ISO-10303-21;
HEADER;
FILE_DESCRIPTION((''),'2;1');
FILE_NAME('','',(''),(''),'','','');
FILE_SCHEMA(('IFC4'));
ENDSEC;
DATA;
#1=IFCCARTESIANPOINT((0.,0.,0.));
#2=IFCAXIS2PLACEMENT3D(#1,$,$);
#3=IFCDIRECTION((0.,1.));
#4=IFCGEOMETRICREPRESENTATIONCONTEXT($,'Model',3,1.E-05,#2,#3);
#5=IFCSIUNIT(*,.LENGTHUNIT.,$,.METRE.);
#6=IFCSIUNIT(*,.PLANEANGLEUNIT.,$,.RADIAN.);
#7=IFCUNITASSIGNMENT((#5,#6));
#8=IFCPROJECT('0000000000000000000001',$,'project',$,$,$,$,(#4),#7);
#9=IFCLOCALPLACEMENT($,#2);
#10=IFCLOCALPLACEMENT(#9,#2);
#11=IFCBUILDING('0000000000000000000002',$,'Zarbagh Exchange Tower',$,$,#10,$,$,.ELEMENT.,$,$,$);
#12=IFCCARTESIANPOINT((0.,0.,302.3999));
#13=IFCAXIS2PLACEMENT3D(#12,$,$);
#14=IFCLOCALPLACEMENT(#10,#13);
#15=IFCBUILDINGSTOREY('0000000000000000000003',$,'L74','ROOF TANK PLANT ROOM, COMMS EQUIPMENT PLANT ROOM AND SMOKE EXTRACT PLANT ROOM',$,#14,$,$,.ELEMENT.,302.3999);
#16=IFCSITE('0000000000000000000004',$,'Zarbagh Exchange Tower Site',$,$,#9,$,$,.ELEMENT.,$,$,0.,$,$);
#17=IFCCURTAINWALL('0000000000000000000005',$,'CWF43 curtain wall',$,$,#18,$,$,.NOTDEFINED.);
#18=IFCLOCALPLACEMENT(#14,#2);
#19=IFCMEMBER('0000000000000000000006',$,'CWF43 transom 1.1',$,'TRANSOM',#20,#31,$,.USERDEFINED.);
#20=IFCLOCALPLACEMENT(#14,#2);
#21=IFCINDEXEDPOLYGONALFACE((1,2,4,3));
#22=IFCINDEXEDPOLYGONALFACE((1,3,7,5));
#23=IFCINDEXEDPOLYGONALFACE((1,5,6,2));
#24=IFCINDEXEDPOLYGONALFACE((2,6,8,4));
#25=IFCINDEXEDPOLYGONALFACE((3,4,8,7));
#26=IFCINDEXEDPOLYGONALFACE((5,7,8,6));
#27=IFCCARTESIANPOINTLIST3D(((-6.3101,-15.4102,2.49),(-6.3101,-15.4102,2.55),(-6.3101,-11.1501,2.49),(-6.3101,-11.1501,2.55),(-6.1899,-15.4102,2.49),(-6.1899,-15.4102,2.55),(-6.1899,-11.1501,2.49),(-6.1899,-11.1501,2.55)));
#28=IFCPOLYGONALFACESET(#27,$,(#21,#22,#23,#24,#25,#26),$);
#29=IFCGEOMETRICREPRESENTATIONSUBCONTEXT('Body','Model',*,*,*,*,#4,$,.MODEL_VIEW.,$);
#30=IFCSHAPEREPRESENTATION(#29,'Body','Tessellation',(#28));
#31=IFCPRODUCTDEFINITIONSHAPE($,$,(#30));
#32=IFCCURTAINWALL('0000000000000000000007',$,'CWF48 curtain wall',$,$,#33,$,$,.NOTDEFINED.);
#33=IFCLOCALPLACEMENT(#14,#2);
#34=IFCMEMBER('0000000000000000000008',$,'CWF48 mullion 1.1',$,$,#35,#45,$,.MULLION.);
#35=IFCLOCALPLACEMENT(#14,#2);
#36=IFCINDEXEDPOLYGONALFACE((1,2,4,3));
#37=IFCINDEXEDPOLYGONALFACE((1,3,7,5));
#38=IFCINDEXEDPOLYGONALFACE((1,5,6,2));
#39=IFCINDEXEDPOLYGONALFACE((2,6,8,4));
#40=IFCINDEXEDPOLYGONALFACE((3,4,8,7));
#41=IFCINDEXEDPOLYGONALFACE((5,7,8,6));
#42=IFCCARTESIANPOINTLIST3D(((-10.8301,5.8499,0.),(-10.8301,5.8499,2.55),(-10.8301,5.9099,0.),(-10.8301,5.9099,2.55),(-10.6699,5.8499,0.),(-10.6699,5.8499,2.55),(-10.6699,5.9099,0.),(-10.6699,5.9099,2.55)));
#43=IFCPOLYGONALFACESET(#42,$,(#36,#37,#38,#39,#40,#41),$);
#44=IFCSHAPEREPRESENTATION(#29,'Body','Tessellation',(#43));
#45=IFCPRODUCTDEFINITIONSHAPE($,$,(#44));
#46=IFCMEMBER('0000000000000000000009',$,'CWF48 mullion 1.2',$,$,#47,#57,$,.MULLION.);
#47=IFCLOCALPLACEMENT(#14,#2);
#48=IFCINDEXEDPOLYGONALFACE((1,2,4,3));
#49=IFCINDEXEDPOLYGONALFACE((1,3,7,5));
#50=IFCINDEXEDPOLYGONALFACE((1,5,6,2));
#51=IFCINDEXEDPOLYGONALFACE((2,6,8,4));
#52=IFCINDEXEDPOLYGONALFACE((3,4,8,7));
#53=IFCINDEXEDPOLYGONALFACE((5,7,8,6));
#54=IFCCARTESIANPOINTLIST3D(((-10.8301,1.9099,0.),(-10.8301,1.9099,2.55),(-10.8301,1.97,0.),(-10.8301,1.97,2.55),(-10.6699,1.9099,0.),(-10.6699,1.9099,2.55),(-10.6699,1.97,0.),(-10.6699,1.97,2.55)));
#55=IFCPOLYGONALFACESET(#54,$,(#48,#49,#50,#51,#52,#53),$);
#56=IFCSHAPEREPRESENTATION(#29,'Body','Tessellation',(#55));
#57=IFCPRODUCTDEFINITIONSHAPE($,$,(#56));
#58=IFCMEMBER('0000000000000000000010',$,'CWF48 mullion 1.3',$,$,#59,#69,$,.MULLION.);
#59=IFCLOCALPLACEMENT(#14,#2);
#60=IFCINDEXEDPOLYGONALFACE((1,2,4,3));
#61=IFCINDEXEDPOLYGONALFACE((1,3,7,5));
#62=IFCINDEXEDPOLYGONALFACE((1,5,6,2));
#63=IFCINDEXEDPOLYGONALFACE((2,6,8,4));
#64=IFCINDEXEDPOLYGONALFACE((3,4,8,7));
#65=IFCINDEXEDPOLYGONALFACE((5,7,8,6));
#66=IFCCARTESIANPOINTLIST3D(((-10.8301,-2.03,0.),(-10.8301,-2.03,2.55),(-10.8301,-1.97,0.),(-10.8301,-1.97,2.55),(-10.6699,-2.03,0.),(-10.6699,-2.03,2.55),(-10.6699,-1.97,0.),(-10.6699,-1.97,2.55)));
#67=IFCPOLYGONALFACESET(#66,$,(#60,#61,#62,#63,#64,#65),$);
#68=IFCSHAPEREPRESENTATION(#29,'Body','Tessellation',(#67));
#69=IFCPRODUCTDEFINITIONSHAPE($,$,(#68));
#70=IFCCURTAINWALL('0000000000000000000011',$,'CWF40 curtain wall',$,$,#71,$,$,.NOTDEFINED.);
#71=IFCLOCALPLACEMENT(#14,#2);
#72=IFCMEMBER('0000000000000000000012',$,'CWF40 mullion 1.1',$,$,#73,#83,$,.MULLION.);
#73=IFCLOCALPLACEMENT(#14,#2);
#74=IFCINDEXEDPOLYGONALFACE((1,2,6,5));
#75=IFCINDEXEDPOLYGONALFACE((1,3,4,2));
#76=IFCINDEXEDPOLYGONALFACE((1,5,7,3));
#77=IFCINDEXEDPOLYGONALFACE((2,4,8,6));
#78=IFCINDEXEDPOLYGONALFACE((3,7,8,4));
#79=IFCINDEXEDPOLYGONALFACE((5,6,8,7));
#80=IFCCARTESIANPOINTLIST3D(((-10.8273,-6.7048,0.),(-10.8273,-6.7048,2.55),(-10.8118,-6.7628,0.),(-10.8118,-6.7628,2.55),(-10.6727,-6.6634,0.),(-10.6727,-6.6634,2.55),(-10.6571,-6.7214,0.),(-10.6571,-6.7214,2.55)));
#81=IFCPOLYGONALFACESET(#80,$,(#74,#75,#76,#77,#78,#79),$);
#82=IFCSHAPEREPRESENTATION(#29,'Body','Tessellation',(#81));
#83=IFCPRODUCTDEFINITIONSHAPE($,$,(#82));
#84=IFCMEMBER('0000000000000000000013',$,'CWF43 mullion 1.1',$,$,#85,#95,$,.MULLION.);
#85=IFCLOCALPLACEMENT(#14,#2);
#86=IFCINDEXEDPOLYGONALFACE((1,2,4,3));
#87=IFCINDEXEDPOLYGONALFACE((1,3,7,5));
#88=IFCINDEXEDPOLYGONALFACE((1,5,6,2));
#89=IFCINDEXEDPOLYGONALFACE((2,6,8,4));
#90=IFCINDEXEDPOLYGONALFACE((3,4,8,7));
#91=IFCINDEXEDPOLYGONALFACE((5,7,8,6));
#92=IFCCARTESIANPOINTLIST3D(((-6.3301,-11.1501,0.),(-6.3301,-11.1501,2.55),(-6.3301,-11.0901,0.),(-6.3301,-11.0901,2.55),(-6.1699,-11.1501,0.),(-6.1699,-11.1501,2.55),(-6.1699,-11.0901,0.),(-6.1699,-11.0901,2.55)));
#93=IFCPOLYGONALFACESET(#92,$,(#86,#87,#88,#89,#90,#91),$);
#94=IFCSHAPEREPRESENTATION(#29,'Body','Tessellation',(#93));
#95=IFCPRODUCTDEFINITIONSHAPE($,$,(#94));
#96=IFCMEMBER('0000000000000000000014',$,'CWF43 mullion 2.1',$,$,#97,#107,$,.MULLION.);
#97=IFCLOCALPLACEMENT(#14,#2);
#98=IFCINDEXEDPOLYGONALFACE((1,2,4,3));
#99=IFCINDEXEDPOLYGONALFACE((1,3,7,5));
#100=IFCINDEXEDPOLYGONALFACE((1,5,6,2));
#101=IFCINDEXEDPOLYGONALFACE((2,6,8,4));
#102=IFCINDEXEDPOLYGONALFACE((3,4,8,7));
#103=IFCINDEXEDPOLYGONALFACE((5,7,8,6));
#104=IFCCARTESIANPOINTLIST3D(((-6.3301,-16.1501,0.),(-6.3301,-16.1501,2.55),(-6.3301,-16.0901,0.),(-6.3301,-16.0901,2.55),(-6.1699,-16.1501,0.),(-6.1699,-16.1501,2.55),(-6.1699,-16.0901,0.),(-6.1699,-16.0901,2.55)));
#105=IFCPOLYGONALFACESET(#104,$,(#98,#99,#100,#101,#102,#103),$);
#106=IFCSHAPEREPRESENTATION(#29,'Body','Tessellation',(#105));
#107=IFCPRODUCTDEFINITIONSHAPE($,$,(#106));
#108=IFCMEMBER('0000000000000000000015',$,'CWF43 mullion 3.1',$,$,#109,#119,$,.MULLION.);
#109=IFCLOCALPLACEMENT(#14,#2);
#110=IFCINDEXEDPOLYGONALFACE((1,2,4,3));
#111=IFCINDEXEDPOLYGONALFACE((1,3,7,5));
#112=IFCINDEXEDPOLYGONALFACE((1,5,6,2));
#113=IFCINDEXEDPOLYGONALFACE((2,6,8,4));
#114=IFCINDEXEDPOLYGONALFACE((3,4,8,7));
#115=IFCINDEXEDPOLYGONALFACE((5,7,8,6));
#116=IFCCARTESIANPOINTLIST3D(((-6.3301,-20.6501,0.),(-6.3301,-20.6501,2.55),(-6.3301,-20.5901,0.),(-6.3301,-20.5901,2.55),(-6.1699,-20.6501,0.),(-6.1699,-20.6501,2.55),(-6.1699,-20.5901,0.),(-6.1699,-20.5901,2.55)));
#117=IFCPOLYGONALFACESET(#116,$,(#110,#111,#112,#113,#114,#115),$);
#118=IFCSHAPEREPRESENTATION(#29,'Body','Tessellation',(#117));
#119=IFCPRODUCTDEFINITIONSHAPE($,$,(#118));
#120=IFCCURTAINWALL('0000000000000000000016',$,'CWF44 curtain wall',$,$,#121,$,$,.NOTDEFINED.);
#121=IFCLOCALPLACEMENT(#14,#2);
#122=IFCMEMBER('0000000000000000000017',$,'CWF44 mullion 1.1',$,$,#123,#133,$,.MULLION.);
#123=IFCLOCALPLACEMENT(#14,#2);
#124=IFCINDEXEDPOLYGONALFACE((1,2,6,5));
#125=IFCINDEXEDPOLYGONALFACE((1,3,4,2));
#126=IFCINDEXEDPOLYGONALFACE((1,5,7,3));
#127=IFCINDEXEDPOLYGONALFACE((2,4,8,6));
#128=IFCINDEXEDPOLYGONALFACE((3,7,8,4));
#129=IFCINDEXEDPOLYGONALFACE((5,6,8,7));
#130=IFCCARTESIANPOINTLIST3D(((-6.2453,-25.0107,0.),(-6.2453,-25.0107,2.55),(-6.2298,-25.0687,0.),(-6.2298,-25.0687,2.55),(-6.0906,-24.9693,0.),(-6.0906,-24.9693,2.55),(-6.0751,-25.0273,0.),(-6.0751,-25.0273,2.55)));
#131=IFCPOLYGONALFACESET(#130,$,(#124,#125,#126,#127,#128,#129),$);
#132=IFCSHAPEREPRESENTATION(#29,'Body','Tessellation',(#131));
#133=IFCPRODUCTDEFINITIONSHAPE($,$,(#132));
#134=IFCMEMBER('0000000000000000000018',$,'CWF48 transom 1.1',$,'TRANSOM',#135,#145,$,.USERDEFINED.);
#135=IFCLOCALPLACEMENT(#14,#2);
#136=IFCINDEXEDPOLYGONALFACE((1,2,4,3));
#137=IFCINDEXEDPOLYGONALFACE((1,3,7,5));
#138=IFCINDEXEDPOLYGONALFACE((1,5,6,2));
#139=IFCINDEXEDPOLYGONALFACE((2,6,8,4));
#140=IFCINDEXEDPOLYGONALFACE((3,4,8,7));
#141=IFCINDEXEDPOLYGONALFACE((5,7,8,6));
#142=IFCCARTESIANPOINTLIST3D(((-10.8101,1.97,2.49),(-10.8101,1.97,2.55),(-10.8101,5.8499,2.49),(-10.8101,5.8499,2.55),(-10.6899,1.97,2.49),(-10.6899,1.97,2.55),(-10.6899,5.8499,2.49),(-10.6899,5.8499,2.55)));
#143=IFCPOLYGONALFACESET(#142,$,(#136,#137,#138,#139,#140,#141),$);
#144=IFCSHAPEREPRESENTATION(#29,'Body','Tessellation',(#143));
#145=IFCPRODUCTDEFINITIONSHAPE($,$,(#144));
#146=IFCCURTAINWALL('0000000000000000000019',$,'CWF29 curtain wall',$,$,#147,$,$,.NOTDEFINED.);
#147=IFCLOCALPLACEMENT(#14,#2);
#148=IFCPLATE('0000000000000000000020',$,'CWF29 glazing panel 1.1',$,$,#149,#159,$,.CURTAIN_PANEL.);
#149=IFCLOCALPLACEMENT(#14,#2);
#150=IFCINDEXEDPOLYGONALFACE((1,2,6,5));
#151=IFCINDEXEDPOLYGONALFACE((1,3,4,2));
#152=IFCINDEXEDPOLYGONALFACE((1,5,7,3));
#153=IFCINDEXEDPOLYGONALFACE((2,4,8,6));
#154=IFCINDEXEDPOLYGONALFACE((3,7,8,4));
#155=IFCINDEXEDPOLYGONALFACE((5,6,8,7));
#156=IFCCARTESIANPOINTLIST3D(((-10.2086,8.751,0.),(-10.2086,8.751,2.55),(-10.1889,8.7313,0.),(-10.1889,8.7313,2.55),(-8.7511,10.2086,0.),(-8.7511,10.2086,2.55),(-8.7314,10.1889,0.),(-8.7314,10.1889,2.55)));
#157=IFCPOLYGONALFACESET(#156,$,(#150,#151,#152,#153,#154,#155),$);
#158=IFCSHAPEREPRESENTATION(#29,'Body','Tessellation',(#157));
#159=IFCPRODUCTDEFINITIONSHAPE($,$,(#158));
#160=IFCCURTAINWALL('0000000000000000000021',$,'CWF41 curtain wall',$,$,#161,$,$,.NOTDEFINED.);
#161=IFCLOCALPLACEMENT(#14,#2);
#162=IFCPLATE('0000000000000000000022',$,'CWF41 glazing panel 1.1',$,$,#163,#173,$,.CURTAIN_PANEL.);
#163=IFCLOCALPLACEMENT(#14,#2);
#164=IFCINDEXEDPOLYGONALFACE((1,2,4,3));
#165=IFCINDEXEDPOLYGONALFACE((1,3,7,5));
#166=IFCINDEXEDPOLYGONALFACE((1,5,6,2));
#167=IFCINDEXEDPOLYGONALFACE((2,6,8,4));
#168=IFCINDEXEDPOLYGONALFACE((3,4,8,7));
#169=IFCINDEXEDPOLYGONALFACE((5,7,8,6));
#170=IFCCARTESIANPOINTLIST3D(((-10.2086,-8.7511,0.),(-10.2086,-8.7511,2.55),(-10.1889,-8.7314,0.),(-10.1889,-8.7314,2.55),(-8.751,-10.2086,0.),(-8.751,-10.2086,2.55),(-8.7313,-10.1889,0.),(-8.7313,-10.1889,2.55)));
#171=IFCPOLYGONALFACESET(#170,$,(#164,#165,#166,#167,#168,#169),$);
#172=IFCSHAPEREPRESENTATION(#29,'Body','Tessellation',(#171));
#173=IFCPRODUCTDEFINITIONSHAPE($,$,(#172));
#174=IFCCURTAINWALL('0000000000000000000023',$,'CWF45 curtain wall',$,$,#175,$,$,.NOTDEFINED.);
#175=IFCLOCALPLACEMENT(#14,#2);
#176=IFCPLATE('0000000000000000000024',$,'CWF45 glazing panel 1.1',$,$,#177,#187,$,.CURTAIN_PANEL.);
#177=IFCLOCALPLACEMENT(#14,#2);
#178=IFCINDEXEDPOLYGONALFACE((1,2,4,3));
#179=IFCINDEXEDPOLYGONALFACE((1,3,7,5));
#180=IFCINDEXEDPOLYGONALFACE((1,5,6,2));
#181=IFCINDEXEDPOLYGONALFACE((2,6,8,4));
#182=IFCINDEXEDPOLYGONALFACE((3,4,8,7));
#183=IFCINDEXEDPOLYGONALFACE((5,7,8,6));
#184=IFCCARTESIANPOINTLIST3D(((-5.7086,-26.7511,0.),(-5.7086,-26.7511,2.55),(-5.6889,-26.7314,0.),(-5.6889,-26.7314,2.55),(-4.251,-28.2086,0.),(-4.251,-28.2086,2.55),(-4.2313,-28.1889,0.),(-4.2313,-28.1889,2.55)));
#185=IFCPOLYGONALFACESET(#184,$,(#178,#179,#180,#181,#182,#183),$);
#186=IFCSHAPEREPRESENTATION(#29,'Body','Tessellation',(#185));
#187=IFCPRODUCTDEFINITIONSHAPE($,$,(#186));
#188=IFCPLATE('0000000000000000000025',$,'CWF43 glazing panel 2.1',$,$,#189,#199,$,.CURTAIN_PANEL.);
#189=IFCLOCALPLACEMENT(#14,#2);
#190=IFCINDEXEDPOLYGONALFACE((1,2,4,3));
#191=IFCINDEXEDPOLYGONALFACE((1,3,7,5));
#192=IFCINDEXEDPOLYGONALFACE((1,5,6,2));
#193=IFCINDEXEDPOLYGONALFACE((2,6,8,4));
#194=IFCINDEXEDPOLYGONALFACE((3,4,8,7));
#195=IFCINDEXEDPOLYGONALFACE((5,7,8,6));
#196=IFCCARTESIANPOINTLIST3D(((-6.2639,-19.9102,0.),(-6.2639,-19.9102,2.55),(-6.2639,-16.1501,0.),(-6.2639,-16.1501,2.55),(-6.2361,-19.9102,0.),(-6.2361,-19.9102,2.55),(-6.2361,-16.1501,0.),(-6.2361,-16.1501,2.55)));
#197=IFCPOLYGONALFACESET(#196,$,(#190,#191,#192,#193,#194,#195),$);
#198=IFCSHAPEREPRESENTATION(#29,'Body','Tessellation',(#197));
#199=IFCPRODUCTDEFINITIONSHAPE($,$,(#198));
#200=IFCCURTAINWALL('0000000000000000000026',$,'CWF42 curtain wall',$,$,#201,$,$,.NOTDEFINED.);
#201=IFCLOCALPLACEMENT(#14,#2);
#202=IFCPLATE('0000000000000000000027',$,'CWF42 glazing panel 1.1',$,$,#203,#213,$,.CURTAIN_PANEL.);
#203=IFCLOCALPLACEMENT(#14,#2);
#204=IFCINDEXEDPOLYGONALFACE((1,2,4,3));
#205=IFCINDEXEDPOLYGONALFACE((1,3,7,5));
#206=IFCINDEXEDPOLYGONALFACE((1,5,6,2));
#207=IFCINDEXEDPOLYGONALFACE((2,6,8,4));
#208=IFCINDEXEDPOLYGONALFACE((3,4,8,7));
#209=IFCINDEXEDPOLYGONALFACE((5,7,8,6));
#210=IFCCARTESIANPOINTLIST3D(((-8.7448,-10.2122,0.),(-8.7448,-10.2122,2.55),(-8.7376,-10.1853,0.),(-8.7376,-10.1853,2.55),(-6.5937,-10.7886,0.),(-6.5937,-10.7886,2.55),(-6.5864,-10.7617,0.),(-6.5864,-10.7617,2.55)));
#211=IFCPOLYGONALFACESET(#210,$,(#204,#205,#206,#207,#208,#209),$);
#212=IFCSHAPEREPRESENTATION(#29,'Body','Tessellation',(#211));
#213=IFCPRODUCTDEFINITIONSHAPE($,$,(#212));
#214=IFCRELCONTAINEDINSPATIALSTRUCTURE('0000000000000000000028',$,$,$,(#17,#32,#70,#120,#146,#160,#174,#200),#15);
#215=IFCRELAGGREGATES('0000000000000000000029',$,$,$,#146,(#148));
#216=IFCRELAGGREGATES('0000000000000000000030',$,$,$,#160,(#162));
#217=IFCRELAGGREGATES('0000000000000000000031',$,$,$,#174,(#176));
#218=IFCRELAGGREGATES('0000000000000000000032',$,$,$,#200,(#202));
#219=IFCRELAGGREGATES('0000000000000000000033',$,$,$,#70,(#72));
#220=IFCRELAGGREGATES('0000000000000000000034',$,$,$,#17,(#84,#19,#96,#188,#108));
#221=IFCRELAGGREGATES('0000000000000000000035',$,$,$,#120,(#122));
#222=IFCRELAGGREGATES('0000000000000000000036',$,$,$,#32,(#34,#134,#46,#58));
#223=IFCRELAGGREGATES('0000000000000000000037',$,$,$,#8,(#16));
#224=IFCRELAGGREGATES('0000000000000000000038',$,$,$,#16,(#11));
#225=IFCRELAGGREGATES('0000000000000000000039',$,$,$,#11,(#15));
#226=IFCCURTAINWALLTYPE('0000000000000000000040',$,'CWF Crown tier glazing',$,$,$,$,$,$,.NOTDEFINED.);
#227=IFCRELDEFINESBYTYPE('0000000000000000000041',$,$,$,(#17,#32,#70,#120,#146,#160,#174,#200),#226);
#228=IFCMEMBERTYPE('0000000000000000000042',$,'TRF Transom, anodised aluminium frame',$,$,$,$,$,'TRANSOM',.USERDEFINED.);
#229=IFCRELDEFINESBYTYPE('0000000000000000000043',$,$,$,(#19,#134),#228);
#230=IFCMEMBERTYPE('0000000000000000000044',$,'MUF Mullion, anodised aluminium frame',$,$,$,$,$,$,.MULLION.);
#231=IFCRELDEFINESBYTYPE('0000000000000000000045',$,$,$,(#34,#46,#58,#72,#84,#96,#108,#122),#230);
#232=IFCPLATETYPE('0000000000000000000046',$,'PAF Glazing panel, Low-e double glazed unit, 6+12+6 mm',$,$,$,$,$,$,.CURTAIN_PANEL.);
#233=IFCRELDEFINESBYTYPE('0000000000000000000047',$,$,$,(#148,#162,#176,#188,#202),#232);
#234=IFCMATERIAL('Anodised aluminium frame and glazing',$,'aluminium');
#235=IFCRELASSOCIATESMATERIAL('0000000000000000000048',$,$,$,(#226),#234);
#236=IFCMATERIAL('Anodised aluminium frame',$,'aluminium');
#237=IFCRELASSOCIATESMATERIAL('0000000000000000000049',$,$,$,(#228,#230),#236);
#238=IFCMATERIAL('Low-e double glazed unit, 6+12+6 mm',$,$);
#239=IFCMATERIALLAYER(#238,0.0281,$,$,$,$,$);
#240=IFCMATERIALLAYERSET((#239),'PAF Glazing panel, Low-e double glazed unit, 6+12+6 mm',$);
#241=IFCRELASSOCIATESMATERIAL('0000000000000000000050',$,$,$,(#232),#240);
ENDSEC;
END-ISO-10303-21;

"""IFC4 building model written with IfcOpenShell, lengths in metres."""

from ifc_helpers import new_model, si_unit, direction, frame, origin, place, context, subcontext, project, spatial, polyline, outline, extrude, source, transform, mapped, material, layer, layer_set, type_object, element, aggregate, save


model = new_model("IFC4")

# Units and contexts
model_context = context("Model", 3, precision=1e-05, world=origin(), true_north=direction((0.0, 1.0)))
body_context = subcontext(model_context, "Body", "Model", "MODEL_VIEW")
ifc_project = project(units=[si_unit("LENGTHUNIT", "METRE"), si_unit("PLANEANGLEUNIT", "RADIAN")], contexts=[model_context])

# Site, building, storey
site_placement = place(None, origin())
site = spatial("IfcSite", under=ifc_project, at=site_placement, Name="Zarbagh Exchange Tower Site", CompositionType="ELEMENT", RefElevation=0.0)
building_placement = place(site_placement, origin())
building = spatial("IfcBuilding", under=site, at=building_placement, Name="Zarbagh Exchange Tower", CompositionType="ELEMENT")
storey_placement = place(building_placement, frame((0.0, 0.0, 302.3999)))
storey = spatial("IfcBuildingStorey", under=building, at=storey_placement, Name="L74", Description="ROOF TANK PLANT ROOM, COMMS EQUIPMENT PLANT ROOM AND SMOKE EXTRACT PLANT ROOM", CompositionType="ELEMENT", Elevation=302.3999)

# Curtain wall, member
ifc_material_1 = material(Name="Anodised aluminium frame and glazing", Category="aluminium")
curtain_wall_type = type_object("IfcCurtainWallType", Name="CWF Crown tier glazing", PredefinedType="NOTDEFINED", material=ifc_material_1)
curtain_wall_1_placement = place(storey_placement, origin())
curtain_wall_1 = element("IfcCurtainWall", 1, at=curtain_wall_1_placement, inside=storey, type_object=curtain_wall_type, Name="CWF43 curtain wall", PredefinedType="NOTDEFINED")
ifc_material_2 = material(Name="Anodised aluminium frame", Category="aluminium")
member_type_1 = type_object("IfcMemberType", Name="TRF Transom, anodised aluminium frame", ElementType="TRANSOM", PredefinedType="USERDEFINED", material=ifc_material_2)
shared_shape_1 = source(origin(), body_context, "Body", "SweptSolid", [
    extrude(outline(polyline([(-0.0601, -0.0601), (0.0, -0.0601), (0.0, 0.0601), (-0.0601, 0.0601), (-0.0601, -0.0601)])), origin(), (0.0, 0.0, 1.0), 4.26),
])
placement = place(storey_placement, origin())
member_1 = element("IfcMember", 2, at=placement, type_object=member_type_1, Name="CWF43 transom 1.1", ObjectType="TRANSOM", PredefinedType="USERDEFINED", context=body_context, shape_type="MappedRepresentation", body=[
    mapped(shared_shape_1, transform((-6.25, -11.1501, 2.55), x_axis=(0.0, 0.0, 1.0), y_axis=(-1.0, 0.0, 0.0), z_axis=(0.0, -1.0, 0.0))),
])

# Curtain wall, members
curtain_wall_2_placement = place(storey_placement, origin())
curtain_wall_2 = element("IfcCurtainWall", 3, at=curtain_wall_2_placement, inside=storey, type_object=curtain_wall_type, Name="CWF48 curtain wall", PredefinedType="NOTDEFINED")
member_type_2 = type_object("IfcMemberType", Name="MUF Mullion, anodised aluminium frame", PredefinedType="MULLION", material=ifc_material_2)
shared_shape_2 = source(origin(), body_context, "Body", "SweptSolid", [
    extrude(outline(polyline([(0.0, -0.0801), (0.0601, -0.0801), (0.0601, 0.0801), (0.0, 0.0801), (0.0, -0.0801)])), origin(), (0.0, 0.0, 1.0), 2.55),
])
member_2 = element("IfcMember", 4, at=placement, type_object=member_type_2, Name="CWF48 mullion 1.1", PredefinedType="MULLION", context=body_context, shape_type="MappedRepresentation", body=[
    mapped(shared_shape_2, transform((-10.75, 5.9099, 0.0), x_axis=(0.0, -1.0, 0.0), y_axis=(1.0, 0.0, 0.0), z_axis=(0.0, 0.0, 1.0))),
])
member_3 = element("IfcMember", 5, at=placement, type_object=member_type_2, Name="CWF48 mullion 1.2", PredefinedType="MULLION", context=body_context, shape_type="MappedRepresentation", body=[
    mapped(shared_shape_2, transform((-10.75, 1.97, 0.0), x_axis=(0.0, -1.0, 0.0), y_axis=(1.0, 0.0, 0.0), z_axis=(0.0, 0.0, 1.0))),
])
member_4 = element("IfcMember", 6, at=placement, type_object=member_type_2, Name="CWF48 mullion 1.3", PredefinedType="MULLION", context=body_context, shape_type="MappedRepresentation", body=[
    mapped(shared_shape_2, transform((-10.75, -1.97, 0.0), x_axis=(0.0, -1.0, 0.0), y_axis=(1.0, 0.0, 0.0), z_axis=(0.0, 0.0, 1.0))),
])

# Curtain wall, member
curtain_wall_3_placement = place(storey_placement, origin())
curtain_wall_3 = element("IfcCurtainWall", 7, at=curtain_wall_3_placement, inside=storey, type_object=curtain_wall_type, Name="CWF40 curtain wall", PredefinedType="NOTDEFINED")
member_5 = element("IfcMember", 8, at=placement, type_object=member_type_2, Name="CWF40 mullion 1.1", PredefinedType="MULLION", context=body_context, shape_type="MappedRepresentation", body=[
    mapped(shared_shape_2, transform((-10.75, -6.6841, 0.0), x_axis=(0.258825, -0.965924, 0.0), y_axis=(0.965924, 0.258825, 0.0), z_axis=(0.0, 0.0, 1.0))),
])

# Members
member_6 = element("IfcMember", 9, at=placement, type_object=member_type_2, Name="CWF43 mullion 1.1", PredefinedType="MULLION", context=body_context, shape_type="MappedRepresentation", body=[
    mapped(shared_shape_2, transform((-6.25, -11.0901, 0.0), x_axis=(0.0, -1.0, 0.0), y_axis=(1.0, 0.0, 0.0), z_axis=(0.0, 0.0, 1.0))),
])
member_7 = element("IfcMember", 10, at=placement, type_object=member_type_2, Name="CWF43 mullion 2.1", PredefinedType="MULLION", context=body_context, shape_type="MappedRepresentation", body=[
    mapped(shared_shape_2, transform((-6.25, -16.0901, 0.0), x_axis=(0.0, -1.0, 0.0), y_axis=(1.0, 0.0, 0.0), z_axis=(0.0, 0.0, 1.0))),
])
member_8 = element("IfcMember", 11, at=placement, type_object=member_type_2, Name="CWF43 mullion 3.1", PredefinedType="MULLION", context=body_context, shape_type="MappedRepresentation", body=[
    mapped(shared_shape_2, transform((-6.25, -20.5901, 0.0), x_axis=(0.0, -1.0, 0.0), y_axis=(1.0, 0.0, 0.0), z_axis=(0.0, 0.0, 1.0))),
])

# Curtain wall, member
curtain_wall_4_placement = place(storey_placement, origin())
curtain_wall_4 = element("IfcCurtainWall", 12, at=curtain_wall_4_placement, inside=storey, type_object=curtain_wall_type, Name="CWF44 curtain wall", PredefinedType="NOTDEFINED")
member_9 = element("IfcMember", 13, at=placement, type_object=member_type_2, Name="CWF44 mullion 1.1", PredefinedType="MULLION", context=body_context, shape_type="MappedRepresentation", body=[
    mapped(shared_shape_2, transform((-6.168, -24.99, 0.0), x_axis=(0.258825, -0.965924, 0.0), y_axis=(0.965924, 0.258825, 0.0), z_axis=(0.0, 0.0, 1.0))),
])

# Member
shared_shape_3 = source(origin(), body_context, "Body", "SweptSolid", [
    extrude(outline(polyline([(-0.0601, -0.0601), (0.0, -0.0601), (0.0, 0.0601), (-0.0601, 0.0601), (-0.0601, -0.0601)])), origin(), (0.0, 0.0, 1.0), 3.8799),
])
member_10 = element("IfcMember", 14, at=placement, type_object=member_type_1, Name="CWF48 transom 1.1", ObjectType="TRANSOM", PredefinedType="USERDEFINED", context=body_context, shape_type="MappedRepresentation", body=[
    mapped(shared_shape_3, transform((-10.75, 5.8499, 2.55), x_axis=(0.0, 0.0, 1.0), y_axis=(-1.0, 0.0, 0.0), z_axis=(0.0, -1.0, 0.0))),
])

# Curtain walls, plates
curtain_wall_5_placement = place(storey_placement, origin())
curtain_wall_5 = element("IfcCurtainWall", 15, at=curtain_wall_5_placement, inside=storey, type_object=curtain_wall_type, Name="CWF29 curtain wall", PredefinedType="NOTDEFINED")
ifc_material_3 = material(Name="Low-e double glazed unit, 6+12+6 mm")
ifc_layer_1 = layer(ifc_material_3, 0.0281)
ifc_layer_set_1 = layer_set([ifc_layer_1], Name="PAF Glazing panel, Low-e double glazed unit, 6+12+6 mm")
plate_type = type_object("IfcPlateType", Name="PAF Glazing panel, Low-e double glazed unit, 6+12+6 mm", PredefinedType="CURTAIN_PANEL", material=ifc_layer_set_1)
shared_shape_4 = source(origin(), body_context, "Body", "SweptSolid", [
    extrude(outline(polyline([(0.0, -0.0139), (2.0613, -0.0139), (2.0613, 0.0139), (0.0, 0.0139), (0.0, -0.0139)])), origin(), (0.0, 0.0, 1.0), 2.55),
])
plate_1 = element("IfcPlate", 16, at=placement, type_object=plate_type, Name="CWF29 glazing panel 1.1", PredefinedType="CURTAIN_PANEL", context=body_context, shape_type="MappedRepresentation", body=[
    mapped(shared_shape_4, transform((-8.7412, 10.1987, 0.0), x_axis=(-0.707107, -0.707107, 0.0), y_axis=(0.707107, -0.707107, 0.0), z_axis=(0.0, 0.0, 1.0))),
])
aggregate(curtain_wall_5, [plate_1])
curtain_wall_6_placement = place(storey_placement, origin())
curtain_wall_6 = element("IfcCurtainWall", 17, at=curtain_wall_6_placement, inside=storey, type_object=curtain_wall_type, Name="CWF41 curtain wall", PredefinedType="NOTDEFINED")
plate_2 = element("IfcPlate", 18, at=placement, type_object=plate_type, Name="CWF41 glazing panel 1.1", PredefinedType="CURTAIN_PANEL", context=body_context, shape_type="MappedRepresentation", body=[
    mapped(shared_shape_4, transform((-10.1987, -8.7412, 0.0), x_axis=(0.707107, -0.707107, 0.0), y_axis=(0.707107, 0.707107, 0.0), z_axis=(0.0, 0.0, 1.0))),
])
aggregate(curtain_wall_6, [plate_2])
curtain_wall_7_placement = place(storey_placement, origin())
curtain_wall_7 = element("IfcCurtainWall", 19, at=curtain_wall_7_placement, inside=storey, type_object=curtain_wall_type, Name="CWF45 curtain wall", PredefinedType="NOTDEFINED")
plate_3 = element("IfcPlate", 20, at=placement, type_object=plate_type, Name="CWF45 glazing panel 1.1", PredefinedType="CURTAIN_PANEL", context=body_context, shape_type="MappedRepresentation", body=[
    mapped(shared_shape_4, transform((-5.6987, -26.7412, 0.0), x_axis=(0.707107, -0.707107, 0.0), y_axis=(0.707107, 0.707107, 0.0), z_axis=(0.0, 0.0, 1.0))),
])
aggregate(curtain_wall_7, [plate_3])

# Plate
shared_shape_5 = source(origin(), body_context, "Body", "SweptSolid", [
    extrude(outline(polyline([(0.0, -0.0139), (3.76, -0.0139), (3.76, 0.0139), (0.0, 0.0139), (0.0, -0.0139)])), origin(), (0.0, 0.0, 1.0), 2.55),
])
plate_4 = element("IfcPlate", 21, at=placement, type_object=plate_type, Name="CWF43 glazing panel 2.1", PredefinedType="CURTAIN_PANEL", context=body_context, shape_type="MappedRepresentation", body=[
    mapped(shared_shape_5, transform((-6.25, -16.1501, 0.0), x_axis=(0.0, -1.0, 0.0), y_axis=(1.0, 0.0, 0.0), z_axis=(0.0, 0.0, 1.0))),
])

# Curtain wall, plate
curtain_wall_8_placement = place(storey_placement, origin())
curtain_wall_8 = element("IfcCurtainWall", 22, at=curtain_wall_8_placement, inside=storey, type_object=curtain_wall_type, Name="CWF42 curtain wall", PredefinedType="NOTDEFINED")
shared_shape_6 = source(origin(), body_context, "Body", "SweptSolid", [
    extrude(outline(polyline([(0.0, -0.0139), (2.2271, -0.0139), (2.2271, 0.0139), (0.0, 0.0139), (0.0, -0.0139)])), origin(), (0.0, 0.0, 1.0), 2.55),
])
plate_5 = element("IfcPlate", 23, at=placement, type_object=plate_type, Name="CWF42 glazing panel 1.1", PredefinedType="CURTAIN_PANEL", context=body_context, shape_type="MappedRepresentation", body=[
    mapped(shared_shape_6, transform((-8.7412, -10.1987, 0.0), x_axis=(0.965924, -0.258825, 0.0), y_axis=(0.258825, 0.965924, 0.0), z_axis=(0.0, 0.0, 1.0))),
])
aggregate(curtain_wall_8, [plate_5])

aggregate(curtain_wall_3, [member_5])
aggregate(curtain_wall_1, [member_6, member_1, member_7, plate_4, member_8])
aggregate(curtain_wall_4, [member_9])

aggregate(curtain_wall_2, [member_2, member_10, member_3, member_4])

save(model, "model.ifc")
